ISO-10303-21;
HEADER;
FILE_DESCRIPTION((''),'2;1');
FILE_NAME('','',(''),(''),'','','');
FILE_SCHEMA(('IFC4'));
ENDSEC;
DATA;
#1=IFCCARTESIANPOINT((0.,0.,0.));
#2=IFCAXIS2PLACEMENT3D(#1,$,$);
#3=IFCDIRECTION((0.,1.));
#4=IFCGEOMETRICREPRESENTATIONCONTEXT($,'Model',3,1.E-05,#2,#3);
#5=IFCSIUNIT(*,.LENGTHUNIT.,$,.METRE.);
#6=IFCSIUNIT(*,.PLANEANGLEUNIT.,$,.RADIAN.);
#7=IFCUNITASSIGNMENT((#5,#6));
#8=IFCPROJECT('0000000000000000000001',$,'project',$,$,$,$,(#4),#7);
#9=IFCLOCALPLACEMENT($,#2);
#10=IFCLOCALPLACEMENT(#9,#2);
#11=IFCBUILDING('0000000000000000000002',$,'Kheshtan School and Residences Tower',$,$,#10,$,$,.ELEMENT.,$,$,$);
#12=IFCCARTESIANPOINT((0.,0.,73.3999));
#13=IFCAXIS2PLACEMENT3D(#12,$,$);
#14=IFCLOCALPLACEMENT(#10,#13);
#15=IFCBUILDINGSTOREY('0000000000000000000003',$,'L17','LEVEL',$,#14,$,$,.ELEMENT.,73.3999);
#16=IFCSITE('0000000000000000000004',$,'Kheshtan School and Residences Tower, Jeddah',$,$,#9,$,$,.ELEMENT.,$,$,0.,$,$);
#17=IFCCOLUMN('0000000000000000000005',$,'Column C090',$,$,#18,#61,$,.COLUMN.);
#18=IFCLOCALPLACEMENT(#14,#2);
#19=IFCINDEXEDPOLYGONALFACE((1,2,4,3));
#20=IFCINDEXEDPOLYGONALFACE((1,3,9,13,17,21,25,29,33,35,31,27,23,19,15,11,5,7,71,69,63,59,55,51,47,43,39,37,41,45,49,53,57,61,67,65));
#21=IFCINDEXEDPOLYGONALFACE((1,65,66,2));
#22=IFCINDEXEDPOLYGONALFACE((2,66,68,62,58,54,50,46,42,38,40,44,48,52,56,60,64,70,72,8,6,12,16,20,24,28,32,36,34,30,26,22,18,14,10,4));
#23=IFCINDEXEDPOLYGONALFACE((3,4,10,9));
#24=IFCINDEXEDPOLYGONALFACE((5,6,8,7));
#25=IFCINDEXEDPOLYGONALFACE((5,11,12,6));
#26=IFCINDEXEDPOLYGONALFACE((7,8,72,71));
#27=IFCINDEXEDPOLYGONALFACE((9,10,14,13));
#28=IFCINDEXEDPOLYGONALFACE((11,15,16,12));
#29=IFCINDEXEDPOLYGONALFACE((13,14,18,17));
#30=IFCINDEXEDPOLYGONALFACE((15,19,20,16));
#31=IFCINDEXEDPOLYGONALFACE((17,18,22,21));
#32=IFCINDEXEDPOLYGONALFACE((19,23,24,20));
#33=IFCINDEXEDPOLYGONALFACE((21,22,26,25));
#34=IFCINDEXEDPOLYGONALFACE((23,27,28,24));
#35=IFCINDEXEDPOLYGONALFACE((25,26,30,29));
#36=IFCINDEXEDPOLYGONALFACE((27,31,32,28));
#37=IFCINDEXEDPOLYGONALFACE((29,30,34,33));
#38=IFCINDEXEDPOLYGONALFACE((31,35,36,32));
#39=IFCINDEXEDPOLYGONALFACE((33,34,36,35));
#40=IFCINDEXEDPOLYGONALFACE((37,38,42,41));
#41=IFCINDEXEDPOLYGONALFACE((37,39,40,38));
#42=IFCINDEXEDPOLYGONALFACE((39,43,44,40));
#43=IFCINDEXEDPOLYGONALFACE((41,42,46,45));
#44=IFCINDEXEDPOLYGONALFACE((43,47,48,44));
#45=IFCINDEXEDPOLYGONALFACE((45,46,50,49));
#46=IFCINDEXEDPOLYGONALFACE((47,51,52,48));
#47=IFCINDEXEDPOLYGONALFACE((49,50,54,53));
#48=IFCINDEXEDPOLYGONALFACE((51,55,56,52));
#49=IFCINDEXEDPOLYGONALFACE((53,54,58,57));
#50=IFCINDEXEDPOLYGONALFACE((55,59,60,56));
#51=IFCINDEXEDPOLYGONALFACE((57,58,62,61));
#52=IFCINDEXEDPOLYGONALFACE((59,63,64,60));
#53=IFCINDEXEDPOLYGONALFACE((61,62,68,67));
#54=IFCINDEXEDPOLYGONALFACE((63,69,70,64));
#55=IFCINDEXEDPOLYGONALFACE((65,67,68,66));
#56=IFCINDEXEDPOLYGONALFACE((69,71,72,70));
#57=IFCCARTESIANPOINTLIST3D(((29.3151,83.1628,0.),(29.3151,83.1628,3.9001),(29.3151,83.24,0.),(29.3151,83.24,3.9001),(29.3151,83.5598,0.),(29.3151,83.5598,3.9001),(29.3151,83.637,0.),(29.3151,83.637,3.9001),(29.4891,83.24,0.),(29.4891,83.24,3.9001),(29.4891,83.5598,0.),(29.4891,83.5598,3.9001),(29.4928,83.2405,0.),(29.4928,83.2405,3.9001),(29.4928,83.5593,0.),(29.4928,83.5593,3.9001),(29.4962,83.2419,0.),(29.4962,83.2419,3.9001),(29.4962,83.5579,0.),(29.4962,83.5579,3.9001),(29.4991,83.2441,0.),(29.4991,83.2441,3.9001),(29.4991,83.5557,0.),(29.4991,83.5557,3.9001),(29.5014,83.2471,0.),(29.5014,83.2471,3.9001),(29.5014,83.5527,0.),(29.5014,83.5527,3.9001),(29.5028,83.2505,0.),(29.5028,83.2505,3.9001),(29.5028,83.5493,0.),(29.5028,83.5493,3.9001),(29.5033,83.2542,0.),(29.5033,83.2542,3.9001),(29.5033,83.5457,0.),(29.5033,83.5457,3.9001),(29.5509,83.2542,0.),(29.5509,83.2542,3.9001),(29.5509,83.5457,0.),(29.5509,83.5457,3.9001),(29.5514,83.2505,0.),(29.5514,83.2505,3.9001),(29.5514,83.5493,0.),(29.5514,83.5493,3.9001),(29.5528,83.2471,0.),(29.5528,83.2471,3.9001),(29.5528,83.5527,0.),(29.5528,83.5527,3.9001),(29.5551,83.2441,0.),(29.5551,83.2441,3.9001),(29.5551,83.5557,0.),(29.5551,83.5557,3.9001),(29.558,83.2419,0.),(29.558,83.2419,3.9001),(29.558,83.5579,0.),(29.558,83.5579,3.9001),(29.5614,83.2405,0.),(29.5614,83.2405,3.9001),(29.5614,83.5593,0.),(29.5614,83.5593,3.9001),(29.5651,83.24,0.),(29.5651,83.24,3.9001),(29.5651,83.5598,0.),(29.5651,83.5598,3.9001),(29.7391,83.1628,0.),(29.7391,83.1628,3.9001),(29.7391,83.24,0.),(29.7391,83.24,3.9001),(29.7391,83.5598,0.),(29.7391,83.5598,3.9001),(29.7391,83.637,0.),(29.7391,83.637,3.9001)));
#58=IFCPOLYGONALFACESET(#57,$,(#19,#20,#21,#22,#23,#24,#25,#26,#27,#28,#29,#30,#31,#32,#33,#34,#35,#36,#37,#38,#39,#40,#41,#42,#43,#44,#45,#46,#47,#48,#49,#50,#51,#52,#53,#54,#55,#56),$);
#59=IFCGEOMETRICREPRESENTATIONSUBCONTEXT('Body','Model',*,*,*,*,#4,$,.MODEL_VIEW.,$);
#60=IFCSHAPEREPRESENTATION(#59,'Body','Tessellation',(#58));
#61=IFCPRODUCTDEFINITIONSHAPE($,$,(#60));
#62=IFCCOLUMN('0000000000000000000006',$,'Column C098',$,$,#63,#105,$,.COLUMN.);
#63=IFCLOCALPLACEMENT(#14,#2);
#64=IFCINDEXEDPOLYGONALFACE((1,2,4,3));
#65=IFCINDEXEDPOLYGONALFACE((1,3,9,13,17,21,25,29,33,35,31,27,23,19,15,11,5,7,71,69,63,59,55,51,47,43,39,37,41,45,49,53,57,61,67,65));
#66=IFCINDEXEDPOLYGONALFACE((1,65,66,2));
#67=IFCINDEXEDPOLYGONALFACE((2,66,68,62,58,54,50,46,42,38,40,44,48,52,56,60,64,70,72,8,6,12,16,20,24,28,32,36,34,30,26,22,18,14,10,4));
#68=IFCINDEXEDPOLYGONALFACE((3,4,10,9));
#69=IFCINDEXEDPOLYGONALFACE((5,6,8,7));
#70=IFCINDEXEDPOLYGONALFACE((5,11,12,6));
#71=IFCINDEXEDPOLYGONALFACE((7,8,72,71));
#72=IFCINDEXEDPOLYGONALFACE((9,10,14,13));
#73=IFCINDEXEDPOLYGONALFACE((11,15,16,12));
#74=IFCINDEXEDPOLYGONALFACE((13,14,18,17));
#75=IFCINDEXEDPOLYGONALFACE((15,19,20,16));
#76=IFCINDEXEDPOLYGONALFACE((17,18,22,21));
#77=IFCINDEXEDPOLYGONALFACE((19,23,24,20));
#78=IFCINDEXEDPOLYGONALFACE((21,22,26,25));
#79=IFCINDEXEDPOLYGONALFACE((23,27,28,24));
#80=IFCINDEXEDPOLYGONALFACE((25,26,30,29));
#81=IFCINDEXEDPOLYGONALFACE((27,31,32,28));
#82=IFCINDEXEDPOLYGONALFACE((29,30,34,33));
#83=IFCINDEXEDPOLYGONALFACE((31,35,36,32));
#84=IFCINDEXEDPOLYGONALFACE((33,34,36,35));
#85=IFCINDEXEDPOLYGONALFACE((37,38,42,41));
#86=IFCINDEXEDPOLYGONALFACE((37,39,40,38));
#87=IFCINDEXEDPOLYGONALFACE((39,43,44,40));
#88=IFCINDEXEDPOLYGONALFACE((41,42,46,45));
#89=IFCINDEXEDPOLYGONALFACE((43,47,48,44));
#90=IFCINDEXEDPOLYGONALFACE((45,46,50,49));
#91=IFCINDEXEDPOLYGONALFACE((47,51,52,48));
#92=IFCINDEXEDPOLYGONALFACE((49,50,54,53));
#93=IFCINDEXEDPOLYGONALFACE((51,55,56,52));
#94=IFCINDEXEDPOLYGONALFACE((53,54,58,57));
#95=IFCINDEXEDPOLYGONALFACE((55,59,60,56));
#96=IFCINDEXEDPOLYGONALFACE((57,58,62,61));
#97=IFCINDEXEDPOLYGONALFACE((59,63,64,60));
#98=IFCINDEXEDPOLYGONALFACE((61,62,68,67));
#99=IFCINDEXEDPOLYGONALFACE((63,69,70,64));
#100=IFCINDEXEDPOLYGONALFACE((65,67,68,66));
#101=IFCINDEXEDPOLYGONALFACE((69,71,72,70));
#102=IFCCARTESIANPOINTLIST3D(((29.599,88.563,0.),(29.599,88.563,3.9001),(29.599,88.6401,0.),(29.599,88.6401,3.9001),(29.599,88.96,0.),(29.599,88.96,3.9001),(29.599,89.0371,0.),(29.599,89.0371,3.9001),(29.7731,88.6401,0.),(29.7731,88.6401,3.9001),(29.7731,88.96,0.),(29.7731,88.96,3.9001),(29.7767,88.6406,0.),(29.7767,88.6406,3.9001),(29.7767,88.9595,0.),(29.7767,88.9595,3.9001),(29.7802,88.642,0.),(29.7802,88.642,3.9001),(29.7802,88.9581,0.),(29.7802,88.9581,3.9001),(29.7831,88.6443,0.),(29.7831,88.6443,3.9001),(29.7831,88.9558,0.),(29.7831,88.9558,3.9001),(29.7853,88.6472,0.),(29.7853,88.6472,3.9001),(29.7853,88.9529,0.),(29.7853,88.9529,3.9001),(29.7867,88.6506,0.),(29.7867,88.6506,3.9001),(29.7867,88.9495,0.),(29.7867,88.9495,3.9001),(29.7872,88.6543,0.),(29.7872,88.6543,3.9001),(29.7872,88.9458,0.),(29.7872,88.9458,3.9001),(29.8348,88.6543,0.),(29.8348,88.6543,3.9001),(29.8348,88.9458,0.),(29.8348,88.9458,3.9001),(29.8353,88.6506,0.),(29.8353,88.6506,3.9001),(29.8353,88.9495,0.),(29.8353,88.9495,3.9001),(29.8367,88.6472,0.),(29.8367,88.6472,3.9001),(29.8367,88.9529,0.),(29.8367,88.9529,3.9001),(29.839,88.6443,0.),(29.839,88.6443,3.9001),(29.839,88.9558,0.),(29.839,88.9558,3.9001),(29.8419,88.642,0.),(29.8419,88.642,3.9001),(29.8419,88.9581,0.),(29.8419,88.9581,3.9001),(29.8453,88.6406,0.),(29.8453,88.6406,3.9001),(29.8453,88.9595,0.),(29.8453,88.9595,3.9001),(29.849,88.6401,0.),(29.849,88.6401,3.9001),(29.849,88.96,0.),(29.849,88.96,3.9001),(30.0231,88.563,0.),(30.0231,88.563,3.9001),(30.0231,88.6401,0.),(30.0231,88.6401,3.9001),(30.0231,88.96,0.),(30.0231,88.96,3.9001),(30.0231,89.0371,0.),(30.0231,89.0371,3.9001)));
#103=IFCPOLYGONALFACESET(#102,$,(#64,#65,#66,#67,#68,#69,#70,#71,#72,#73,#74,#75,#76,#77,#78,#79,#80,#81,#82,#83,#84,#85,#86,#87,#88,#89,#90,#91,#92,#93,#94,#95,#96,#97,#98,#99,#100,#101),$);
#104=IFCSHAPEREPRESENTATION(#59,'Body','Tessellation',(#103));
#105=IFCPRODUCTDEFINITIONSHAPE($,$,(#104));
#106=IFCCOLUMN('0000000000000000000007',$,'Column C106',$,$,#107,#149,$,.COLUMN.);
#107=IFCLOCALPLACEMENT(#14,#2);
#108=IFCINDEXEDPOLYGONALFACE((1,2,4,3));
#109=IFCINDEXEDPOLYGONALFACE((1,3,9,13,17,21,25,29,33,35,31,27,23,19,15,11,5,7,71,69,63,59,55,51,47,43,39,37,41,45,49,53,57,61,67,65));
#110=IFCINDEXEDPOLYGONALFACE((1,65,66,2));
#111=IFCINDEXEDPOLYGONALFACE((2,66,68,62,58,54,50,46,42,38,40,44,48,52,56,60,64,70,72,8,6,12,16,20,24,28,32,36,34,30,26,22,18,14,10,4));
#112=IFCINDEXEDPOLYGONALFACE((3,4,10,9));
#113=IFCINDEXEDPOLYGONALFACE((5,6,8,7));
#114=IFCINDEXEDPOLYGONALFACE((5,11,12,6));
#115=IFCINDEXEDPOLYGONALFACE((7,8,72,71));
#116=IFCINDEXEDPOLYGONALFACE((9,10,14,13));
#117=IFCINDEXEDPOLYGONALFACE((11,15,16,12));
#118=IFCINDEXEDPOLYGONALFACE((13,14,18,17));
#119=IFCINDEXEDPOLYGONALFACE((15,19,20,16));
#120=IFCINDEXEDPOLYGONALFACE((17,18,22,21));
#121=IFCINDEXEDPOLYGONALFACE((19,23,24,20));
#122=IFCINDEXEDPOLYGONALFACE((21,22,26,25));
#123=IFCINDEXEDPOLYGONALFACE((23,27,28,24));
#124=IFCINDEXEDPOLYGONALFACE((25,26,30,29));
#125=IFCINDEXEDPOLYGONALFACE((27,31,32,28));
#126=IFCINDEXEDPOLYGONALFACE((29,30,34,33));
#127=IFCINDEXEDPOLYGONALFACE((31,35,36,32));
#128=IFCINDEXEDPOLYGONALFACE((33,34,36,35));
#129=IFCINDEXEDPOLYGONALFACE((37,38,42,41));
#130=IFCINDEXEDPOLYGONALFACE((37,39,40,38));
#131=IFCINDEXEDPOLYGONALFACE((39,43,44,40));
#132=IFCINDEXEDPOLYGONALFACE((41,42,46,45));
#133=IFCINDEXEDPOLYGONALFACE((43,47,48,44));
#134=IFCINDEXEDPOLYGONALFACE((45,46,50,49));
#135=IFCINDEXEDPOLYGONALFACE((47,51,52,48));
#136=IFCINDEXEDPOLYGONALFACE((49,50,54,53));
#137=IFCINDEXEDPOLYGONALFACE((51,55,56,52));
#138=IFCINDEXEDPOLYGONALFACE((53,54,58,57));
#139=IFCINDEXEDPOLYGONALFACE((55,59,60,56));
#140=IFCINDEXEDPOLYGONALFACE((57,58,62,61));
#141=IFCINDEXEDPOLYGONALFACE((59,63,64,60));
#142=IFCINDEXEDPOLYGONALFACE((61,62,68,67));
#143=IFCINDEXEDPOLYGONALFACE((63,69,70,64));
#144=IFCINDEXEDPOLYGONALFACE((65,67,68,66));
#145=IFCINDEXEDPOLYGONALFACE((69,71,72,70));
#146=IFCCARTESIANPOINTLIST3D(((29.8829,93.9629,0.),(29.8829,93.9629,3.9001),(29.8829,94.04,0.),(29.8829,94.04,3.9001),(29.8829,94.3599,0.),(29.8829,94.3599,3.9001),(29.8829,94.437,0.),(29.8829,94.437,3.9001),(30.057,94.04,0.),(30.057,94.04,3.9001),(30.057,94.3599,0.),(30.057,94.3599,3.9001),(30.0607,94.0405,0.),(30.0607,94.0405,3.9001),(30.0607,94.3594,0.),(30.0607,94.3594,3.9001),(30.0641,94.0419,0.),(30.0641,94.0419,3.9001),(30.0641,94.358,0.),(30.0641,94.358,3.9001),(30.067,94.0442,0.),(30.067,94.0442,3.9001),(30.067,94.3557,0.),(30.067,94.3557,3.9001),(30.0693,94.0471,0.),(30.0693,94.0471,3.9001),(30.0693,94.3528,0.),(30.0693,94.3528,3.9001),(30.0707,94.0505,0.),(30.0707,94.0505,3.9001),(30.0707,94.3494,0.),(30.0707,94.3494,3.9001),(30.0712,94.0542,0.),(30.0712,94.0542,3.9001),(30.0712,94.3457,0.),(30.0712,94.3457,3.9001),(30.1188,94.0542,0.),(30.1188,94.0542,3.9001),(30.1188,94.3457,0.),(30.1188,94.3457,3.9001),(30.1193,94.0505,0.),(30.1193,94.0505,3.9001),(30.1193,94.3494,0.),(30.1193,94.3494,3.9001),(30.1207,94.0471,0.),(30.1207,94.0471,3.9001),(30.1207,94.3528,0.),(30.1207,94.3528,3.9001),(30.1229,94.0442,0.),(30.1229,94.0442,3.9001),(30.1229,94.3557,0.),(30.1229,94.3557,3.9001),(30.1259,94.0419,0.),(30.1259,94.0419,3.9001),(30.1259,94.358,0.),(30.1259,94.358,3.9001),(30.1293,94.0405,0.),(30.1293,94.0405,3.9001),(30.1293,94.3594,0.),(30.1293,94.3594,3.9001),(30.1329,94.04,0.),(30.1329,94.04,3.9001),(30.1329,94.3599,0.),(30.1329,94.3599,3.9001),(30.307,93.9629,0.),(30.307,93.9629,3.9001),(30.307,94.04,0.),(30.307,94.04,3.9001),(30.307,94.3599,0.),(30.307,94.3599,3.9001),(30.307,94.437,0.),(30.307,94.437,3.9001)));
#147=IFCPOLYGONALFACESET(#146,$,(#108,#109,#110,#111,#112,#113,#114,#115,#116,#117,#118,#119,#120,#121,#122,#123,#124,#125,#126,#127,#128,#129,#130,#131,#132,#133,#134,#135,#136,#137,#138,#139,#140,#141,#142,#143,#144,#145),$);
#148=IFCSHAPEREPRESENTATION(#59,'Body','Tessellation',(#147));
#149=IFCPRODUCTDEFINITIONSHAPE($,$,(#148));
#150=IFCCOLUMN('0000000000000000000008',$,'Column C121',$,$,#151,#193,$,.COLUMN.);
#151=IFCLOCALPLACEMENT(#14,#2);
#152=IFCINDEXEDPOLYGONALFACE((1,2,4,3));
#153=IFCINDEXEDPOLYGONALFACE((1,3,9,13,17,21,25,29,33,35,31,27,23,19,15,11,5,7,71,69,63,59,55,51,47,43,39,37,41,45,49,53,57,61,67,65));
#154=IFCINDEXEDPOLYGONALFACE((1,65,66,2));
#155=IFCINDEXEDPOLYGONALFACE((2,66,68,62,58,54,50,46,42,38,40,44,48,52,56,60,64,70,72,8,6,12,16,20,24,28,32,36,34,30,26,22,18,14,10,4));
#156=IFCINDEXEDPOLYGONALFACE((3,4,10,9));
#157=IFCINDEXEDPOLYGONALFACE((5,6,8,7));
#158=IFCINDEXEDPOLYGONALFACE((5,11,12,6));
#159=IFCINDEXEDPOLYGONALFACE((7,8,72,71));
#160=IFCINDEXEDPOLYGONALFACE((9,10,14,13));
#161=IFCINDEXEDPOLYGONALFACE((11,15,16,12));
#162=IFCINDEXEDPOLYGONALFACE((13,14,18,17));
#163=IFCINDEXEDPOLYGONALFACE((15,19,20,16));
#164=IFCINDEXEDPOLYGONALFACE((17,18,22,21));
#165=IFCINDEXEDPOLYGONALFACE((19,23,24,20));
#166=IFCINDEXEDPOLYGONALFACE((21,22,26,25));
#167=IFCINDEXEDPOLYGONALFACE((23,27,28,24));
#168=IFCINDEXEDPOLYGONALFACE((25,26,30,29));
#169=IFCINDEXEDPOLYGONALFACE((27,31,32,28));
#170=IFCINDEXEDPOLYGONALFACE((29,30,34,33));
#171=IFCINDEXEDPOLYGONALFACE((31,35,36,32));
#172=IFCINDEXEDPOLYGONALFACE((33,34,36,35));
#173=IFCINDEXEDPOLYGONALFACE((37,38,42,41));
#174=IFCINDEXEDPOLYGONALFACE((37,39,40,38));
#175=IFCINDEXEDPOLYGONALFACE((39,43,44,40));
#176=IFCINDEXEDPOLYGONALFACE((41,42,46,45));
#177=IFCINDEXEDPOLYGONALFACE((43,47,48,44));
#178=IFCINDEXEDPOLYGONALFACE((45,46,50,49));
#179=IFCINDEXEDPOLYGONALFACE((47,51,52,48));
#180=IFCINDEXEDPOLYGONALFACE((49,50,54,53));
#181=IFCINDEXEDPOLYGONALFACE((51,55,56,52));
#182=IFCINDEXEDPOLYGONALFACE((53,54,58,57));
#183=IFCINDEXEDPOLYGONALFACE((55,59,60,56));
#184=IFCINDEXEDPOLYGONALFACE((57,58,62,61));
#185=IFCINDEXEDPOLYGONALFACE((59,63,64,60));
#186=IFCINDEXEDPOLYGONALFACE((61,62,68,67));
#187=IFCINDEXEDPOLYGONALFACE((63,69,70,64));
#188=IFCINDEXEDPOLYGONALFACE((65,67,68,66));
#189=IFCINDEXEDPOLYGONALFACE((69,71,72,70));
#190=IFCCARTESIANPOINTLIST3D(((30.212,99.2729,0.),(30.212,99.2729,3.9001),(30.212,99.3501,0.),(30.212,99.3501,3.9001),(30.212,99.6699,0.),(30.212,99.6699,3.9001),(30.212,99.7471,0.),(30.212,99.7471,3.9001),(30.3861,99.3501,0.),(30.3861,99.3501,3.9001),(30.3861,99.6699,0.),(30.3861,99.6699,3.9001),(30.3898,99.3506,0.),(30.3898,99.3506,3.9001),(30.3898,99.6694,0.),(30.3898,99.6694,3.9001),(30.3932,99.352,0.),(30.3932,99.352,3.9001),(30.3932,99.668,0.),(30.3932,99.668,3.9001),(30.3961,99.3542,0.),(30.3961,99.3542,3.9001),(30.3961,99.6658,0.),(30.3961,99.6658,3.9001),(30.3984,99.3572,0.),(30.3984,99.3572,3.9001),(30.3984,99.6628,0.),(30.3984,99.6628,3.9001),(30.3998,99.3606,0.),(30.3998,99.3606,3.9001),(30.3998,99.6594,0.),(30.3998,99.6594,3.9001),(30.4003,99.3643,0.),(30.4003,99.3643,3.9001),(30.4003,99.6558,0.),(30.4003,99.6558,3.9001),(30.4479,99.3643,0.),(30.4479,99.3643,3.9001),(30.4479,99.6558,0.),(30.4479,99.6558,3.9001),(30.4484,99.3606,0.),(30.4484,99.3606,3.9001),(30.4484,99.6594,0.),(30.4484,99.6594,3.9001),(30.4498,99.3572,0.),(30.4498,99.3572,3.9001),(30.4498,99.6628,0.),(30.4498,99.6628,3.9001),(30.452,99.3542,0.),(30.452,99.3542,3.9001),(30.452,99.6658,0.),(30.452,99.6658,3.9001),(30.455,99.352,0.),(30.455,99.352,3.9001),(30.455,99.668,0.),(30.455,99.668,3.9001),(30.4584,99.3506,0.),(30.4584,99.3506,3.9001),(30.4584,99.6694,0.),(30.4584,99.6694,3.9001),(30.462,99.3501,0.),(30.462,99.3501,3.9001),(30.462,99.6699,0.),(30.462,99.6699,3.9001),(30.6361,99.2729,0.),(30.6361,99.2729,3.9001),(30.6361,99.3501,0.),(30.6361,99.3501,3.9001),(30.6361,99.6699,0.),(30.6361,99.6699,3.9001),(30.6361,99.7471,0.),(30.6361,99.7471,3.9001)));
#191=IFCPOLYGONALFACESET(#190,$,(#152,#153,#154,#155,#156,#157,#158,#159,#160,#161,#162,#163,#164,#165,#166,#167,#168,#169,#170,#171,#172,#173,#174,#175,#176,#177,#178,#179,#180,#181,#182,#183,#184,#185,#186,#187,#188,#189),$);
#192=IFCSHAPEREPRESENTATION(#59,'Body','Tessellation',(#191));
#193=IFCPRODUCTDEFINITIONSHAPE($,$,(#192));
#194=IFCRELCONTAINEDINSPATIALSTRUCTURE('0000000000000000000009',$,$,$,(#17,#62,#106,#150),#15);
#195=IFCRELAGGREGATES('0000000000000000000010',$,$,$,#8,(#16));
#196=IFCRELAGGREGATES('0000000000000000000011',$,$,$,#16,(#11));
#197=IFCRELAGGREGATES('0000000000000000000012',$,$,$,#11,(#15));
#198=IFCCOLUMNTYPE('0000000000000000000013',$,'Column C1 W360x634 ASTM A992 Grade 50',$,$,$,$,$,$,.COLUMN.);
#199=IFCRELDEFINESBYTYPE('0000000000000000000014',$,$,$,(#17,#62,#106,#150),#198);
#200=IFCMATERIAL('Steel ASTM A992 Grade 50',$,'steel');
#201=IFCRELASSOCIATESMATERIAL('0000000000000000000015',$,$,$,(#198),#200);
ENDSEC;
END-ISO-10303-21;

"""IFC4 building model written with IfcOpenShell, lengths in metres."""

from ifc_helpers import new_model, si_unit, direction, frame, origin, origin_2d, place, context, subcontext, project, spatial, i_section, extrude, material, material_profile, profile_set, type_object, element, save


model = new_model("IFC4")

# Units and contexts
model_context = context("Model", 3, precision=1e-05, world=origin(), true_north=direction((0.0, 1.0)))
body_context = subcontext(model_context, "Body", "Model", "MODEL_VIEW")
ifc_project = project(units=[si_unit("LENGTHUNIT", "METRE"), si_unit("PLANEANGLEUNIT", "RADIAN")], contexts=[model_context])

# Site, building, storey
site_placement = place(None, origin())
site = spatial("IfcSite", under=ifc_project, at=site_placement, Name="Kheshtan School and Residences Tower, Jeddah", CompositionType="ELEMENT", RefElevation=0.0)
building_placement = place(site_placement, origin())
building = spatial("IfcBuilding", under=site, at=building_placement, Name="Kheshtan School and Residences Tower", CompositionType="ELEMENT")
storey_placement = place(building_placement, frame((0.0, 0.0, 73.3999)))
storey = spatial("IfcBuildingStorey", under=building, at=storey_placement, Name="L17", Description="LEVEL", CompositionType="ELEMENT", Elevation=73.3999)

# Columns
ifc_material_1 = material(Name="Steel ASTM A992 Grade 50", Category="steel")
ifc_material_profile_1 = material_profile(ifc_material_1, i_section(OverallWidth=0.4241, OverallDepth=0.4741, WebThickness=0.0476, FlangeThickness=0.0771, FilletRadius=0.0142, at=origin_2d()), Name="W360x634")
ifc_profile_set_1 = profile_set([ifc_material_profile_1], Name="Steel ASTM A992 Grade 50")
column_type = type_object("IfcColumnType", Name="Column C1 W360x634 ASTM A992 Grade 50", PredefinedType="COLUMN", material=ifc_profile_set_1)
for number, where, z_axis, x_axis, name in (
    (1, (29.5271, 83.3999, 0.0), (0.0, 0.0, 1.0), (1.0, 0.0, 0.0), "Column C090"),
    (2, (29.811, 88.8, 0.0), (0.0, 0.0, 1.0), (1.0, 0.0, 0.0), "Column C098"),
    (3, (30.095, 94.2, 0.0), (0.0, 0.0, 1.0), (1.0, 0.0, 0.0), "Column C106"),
    (4, (30.4241, 99.51, 0.0), (0.0, 0.0, 1.0), (1.0, 0.0, 0.0), "Column C121"),
):
    element("IfcColumn", number, at=place(storey_placement, frame(where, z_axis=z_axis, x_axis=x_axis)), inside=storey, type_object=column_type, Name=name, PredefinedType="COLUMN", context=body_context, shape_type="SweptSolid", body=[
        extrude(i_section(OverallWidth=0.4241, OverallDepth=0.4741, WebThickness=0.0476, FlangeThickness=0.0771, FilletRadius=0.0142, at=origin_2d()), origin(), (0.0, 0.0, 1.0), 3.9001),
    ])

save(model, "model.ifc")
